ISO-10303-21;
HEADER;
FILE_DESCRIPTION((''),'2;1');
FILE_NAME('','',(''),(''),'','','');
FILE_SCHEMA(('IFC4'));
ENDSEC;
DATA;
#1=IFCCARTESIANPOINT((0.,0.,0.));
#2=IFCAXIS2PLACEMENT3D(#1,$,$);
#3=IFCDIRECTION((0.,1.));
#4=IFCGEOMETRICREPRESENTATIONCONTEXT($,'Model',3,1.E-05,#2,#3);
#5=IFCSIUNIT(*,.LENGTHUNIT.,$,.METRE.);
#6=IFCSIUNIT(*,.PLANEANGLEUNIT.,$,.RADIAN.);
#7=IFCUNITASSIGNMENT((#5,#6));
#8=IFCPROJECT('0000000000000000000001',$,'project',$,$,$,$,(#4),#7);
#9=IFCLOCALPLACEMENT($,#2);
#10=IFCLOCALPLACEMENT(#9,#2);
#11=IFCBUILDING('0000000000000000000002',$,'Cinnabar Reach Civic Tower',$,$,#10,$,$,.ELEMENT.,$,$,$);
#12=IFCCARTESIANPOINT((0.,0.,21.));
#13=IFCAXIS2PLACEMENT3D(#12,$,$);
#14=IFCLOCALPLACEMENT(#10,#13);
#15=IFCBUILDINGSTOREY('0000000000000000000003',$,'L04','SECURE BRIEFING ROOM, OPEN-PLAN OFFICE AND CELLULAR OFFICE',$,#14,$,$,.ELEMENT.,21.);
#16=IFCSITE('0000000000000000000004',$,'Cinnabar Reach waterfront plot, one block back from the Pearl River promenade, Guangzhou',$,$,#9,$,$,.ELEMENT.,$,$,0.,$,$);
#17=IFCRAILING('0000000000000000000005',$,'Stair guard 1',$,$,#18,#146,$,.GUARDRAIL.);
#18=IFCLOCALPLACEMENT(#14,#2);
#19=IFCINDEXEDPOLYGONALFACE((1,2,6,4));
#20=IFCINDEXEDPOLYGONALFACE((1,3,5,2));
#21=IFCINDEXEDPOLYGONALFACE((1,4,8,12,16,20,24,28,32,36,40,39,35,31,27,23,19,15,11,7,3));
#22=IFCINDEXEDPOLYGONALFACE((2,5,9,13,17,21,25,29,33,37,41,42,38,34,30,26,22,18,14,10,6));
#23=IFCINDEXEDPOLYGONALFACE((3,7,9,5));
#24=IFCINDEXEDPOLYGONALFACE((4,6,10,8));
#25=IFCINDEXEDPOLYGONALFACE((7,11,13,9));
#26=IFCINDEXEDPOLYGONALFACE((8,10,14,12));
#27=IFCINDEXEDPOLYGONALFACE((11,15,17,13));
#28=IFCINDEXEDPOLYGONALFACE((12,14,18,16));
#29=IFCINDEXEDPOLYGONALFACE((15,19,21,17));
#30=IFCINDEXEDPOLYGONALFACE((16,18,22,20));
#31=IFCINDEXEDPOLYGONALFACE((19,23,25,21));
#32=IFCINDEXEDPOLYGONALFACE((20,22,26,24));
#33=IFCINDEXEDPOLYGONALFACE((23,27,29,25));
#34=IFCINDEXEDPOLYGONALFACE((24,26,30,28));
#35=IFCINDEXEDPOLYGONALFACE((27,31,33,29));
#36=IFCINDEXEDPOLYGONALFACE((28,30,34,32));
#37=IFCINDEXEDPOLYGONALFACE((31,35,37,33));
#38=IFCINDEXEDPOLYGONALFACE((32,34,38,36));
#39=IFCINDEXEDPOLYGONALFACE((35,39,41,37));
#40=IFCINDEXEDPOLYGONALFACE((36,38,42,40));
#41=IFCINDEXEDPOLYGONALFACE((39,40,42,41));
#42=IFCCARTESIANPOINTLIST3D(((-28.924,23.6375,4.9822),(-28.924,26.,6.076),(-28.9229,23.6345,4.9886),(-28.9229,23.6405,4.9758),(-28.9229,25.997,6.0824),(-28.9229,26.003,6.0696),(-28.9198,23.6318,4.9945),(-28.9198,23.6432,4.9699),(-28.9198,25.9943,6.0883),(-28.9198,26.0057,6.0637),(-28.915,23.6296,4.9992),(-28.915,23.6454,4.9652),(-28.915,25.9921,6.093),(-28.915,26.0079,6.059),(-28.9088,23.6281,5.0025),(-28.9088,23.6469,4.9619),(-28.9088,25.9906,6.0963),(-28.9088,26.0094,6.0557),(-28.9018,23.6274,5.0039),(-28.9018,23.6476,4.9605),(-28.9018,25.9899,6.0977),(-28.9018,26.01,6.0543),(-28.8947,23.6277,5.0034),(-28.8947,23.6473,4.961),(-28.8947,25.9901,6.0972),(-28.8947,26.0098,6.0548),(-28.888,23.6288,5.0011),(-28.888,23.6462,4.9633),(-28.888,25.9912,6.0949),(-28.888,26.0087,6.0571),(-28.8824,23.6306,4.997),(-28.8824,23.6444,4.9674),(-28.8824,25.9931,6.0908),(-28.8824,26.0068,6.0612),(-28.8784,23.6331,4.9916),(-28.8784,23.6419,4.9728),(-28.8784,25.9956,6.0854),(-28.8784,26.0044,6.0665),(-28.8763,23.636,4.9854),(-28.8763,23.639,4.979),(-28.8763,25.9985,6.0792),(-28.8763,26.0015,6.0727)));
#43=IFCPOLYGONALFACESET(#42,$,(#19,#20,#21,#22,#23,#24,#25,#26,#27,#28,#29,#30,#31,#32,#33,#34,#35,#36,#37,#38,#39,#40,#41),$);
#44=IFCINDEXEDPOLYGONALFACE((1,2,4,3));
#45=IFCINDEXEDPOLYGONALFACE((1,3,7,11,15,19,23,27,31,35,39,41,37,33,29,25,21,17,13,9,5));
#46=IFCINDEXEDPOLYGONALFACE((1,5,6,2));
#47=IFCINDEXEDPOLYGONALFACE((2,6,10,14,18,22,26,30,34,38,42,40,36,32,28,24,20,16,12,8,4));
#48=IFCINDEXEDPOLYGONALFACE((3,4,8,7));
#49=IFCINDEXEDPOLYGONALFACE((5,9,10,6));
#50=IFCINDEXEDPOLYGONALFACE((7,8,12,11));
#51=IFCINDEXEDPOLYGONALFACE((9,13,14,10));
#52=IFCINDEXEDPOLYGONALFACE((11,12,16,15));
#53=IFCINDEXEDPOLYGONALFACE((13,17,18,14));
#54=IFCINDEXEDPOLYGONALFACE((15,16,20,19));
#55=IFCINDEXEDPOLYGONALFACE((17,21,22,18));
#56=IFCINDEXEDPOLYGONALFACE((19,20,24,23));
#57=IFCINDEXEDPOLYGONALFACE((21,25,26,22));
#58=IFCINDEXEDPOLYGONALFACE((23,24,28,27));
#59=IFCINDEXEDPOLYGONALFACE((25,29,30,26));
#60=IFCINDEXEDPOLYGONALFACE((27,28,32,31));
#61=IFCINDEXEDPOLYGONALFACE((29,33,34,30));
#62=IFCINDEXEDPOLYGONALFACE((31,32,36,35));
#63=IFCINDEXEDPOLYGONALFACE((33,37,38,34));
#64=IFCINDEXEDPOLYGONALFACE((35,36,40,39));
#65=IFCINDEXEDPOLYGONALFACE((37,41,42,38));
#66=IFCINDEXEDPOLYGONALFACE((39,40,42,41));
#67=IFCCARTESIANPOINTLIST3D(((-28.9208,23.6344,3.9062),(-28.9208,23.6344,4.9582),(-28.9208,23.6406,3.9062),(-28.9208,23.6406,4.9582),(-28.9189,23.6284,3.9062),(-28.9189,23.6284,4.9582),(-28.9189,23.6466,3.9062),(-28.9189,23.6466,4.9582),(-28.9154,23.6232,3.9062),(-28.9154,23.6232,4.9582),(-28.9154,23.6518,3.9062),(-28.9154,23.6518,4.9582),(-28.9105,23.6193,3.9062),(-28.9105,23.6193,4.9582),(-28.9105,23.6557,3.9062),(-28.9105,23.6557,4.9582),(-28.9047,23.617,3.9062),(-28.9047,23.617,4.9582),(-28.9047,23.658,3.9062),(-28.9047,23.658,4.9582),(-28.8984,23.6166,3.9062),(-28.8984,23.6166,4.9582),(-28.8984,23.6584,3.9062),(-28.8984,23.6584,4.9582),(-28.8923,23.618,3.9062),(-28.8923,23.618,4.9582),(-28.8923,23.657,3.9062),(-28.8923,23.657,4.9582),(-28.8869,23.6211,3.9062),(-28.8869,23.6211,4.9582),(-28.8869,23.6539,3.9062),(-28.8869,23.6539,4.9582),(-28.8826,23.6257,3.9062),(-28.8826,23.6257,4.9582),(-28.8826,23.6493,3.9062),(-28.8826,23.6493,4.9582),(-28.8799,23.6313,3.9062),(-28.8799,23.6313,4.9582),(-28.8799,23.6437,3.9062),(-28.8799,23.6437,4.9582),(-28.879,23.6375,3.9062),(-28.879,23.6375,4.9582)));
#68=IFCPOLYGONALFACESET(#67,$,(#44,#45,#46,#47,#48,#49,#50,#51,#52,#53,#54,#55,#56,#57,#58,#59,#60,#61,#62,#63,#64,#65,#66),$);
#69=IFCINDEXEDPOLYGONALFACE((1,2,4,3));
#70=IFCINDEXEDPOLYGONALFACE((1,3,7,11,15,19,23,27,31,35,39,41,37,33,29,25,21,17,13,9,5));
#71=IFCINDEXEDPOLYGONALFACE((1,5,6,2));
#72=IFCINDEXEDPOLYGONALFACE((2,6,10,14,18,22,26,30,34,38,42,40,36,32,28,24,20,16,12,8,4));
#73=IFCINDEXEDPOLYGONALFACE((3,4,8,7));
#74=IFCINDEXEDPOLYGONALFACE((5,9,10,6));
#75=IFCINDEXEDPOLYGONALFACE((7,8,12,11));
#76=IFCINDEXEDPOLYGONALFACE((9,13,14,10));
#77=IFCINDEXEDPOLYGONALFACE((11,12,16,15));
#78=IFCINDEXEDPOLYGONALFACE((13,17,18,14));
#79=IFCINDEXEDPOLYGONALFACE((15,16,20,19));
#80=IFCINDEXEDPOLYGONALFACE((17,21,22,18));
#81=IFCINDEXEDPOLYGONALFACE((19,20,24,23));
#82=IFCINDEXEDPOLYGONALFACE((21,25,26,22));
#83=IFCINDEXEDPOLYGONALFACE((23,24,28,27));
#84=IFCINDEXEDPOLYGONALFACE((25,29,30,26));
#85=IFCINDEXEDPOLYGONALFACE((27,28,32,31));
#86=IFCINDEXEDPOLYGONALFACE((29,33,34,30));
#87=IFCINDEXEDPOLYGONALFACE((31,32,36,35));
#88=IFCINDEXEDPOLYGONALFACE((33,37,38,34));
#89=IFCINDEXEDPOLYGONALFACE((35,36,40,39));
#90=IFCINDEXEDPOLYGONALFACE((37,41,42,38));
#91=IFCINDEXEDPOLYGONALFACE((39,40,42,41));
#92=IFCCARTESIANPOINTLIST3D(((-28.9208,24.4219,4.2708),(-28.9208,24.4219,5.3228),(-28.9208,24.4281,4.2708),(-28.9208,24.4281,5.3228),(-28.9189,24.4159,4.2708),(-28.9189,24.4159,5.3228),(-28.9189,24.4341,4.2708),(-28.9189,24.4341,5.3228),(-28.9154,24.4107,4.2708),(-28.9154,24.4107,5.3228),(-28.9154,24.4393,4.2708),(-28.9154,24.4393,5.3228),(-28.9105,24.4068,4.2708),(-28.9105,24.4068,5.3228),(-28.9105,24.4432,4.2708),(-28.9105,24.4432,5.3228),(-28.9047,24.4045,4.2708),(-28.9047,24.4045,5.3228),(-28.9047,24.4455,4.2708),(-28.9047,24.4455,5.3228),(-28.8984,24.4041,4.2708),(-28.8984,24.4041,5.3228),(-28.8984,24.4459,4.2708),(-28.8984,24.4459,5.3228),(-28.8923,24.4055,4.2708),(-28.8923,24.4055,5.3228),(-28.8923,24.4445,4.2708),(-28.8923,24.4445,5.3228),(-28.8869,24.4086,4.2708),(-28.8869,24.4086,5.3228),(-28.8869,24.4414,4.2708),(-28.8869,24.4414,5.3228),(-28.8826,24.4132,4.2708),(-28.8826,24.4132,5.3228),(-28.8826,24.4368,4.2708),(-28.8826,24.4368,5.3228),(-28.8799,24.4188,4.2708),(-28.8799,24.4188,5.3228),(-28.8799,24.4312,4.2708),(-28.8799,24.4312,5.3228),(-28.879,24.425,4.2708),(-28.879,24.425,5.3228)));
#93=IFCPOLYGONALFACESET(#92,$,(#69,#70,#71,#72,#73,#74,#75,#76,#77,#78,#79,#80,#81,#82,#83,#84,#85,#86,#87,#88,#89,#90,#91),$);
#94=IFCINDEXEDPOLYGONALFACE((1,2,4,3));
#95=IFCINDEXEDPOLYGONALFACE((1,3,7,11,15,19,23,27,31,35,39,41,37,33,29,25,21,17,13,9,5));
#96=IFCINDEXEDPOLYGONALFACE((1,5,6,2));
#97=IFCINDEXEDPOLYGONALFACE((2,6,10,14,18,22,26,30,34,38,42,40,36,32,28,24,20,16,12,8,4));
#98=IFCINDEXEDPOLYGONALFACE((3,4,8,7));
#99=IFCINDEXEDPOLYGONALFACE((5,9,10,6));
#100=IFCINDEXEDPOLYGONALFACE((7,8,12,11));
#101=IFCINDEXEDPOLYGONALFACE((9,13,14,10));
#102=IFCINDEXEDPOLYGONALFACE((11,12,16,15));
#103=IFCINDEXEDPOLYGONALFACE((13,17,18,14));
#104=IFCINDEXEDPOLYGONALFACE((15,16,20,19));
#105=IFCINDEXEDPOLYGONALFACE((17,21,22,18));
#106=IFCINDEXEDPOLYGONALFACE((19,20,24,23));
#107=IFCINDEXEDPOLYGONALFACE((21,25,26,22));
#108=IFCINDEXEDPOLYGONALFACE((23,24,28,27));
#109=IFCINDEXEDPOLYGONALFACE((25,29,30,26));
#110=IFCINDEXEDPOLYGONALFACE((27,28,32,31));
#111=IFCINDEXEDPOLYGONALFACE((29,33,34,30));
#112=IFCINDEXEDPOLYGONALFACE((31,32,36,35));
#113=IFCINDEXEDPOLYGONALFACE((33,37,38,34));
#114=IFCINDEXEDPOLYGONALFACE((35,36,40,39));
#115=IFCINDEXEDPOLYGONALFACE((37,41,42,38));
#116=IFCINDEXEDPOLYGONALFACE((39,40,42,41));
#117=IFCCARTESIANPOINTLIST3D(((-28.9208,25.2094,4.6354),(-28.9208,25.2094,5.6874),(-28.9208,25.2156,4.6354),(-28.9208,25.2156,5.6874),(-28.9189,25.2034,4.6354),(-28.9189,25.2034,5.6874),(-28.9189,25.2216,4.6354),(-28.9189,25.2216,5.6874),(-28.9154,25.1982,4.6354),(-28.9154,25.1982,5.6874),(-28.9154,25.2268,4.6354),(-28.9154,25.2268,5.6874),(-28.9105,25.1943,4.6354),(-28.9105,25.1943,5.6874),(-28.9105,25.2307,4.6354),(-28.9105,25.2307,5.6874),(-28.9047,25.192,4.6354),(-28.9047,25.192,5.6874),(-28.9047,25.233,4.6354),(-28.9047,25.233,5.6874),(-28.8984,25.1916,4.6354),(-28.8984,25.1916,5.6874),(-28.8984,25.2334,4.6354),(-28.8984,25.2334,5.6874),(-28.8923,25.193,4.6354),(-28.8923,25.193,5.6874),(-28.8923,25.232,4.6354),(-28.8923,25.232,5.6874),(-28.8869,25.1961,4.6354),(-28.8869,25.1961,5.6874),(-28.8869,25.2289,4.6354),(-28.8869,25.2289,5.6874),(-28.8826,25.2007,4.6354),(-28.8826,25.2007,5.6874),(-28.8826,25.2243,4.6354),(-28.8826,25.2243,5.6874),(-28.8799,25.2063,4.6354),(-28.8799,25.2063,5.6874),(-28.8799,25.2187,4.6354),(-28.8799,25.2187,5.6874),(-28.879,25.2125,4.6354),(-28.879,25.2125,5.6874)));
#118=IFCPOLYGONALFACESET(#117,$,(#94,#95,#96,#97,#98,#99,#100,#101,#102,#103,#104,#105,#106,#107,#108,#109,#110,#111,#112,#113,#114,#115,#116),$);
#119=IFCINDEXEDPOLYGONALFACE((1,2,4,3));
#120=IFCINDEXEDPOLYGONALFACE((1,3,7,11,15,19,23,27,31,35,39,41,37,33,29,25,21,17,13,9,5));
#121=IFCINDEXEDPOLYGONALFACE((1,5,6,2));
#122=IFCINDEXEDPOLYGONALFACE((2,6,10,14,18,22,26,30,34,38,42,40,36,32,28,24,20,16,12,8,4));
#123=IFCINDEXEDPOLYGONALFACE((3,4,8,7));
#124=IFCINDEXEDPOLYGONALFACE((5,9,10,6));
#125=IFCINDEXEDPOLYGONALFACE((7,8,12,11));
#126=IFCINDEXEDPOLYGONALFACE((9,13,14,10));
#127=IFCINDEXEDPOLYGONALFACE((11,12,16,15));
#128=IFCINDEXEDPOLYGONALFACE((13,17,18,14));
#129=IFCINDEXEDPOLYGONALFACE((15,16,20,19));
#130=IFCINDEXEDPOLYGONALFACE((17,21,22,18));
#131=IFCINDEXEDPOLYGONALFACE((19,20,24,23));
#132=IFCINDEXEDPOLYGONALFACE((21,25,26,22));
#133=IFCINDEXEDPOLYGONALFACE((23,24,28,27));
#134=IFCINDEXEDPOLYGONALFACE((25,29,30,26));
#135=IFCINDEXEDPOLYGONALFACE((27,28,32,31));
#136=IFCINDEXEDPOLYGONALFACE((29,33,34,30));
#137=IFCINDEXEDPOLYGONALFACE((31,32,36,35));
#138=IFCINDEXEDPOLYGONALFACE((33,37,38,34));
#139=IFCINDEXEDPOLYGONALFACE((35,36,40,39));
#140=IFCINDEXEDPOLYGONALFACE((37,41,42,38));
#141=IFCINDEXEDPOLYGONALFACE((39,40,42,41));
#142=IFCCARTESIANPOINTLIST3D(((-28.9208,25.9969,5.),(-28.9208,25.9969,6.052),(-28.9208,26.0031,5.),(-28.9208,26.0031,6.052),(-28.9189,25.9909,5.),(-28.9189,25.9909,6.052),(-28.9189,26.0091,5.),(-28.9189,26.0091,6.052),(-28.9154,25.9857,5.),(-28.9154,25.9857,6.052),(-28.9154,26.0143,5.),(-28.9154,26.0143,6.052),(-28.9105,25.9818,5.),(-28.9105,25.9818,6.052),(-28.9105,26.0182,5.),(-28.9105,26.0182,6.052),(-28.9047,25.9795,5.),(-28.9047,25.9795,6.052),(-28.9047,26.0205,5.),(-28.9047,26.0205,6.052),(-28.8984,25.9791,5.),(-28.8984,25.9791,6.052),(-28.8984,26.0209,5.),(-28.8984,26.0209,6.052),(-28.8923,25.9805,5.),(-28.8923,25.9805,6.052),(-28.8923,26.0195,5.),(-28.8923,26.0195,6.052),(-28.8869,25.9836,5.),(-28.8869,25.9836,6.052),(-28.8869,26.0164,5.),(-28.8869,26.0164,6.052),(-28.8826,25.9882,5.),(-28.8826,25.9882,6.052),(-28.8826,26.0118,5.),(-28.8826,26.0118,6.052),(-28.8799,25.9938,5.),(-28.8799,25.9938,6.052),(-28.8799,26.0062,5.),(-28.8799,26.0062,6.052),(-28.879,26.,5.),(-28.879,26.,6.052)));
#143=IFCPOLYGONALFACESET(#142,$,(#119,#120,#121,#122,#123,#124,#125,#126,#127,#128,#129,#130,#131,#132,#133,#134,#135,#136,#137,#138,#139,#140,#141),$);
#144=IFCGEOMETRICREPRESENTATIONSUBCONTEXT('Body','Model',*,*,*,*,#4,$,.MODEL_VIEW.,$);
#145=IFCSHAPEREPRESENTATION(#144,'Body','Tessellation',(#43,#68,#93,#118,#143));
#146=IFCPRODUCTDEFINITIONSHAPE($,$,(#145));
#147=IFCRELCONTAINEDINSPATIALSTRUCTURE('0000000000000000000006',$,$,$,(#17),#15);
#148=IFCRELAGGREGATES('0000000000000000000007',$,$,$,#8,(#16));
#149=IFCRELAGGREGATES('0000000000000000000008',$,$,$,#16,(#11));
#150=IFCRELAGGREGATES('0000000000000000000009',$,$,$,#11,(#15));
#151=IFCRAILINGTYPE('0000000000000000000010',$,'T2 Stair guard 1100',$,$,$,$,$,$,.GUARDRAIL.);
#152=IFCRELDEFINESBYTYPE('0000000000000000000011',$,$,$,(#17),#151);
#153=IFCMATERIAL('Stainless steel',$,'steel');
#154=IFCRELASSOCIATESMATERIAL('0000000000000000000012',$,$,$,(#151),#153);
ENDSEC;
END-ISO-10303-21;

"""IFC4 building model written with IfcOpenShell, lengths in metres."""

from ifc_helpers import new_model, si_unit, direction, frame, origin, origin_2d, place, context, subcontext, project, spatial, circle, extrude, material, type_object, element, save


model = new_model("IFC4")

# Units and contexts
model_context = context("Model", 3, precision=1e-05, world=origin(), true_north=direction((0.0, 1.0)))
body_context = subcontext(model_context, "Body", "Model", "MODEL_VIEW")
ifc_project = project(units=[si_unit("LENGTHUNIT", "METRE"), si_unit("PLANEANGLEUNIT", "RADIAN")], contexts=[model_context])

# Site, building, storey
site_placement = place(None, origin())
site = spatial("IfcSite", under=ifc_project, at=site_placement, Name="Cinnabar Reach waterfront plot, one block back from the Pearl River promenade, Guangzhou", CompositionType="ELEMENT", RefElevation=0.0)
building_placement = place(site_placement, origin())
building = spatial("IfcBuilding", under=site, at=building_placement, Name="Cinnabar Reach Civic Tower", CompositionType="ELEMENT")
storey_placement = place(building_placement, frame((0.0, 0.0, 21.0)))
storey = spatial("IfcBuildingStorey", under=building, at=storey_placement, Name="L04", Description="SECURE BRIEFING ROOM, OPEN-PLAN OFFICE AND CELLULAR OFFICE", CompositionType="ELEMENT", Elevation=21.0)

# Railing
ifc_material_1 = material(Name="Stainless steel", Category="steel")
railing_type = type_object("IfcRailingType", Name="T2 Stair guard 1100", PredefinedType="GUARDRAIL", material=ifc_material_1)
railing_1_placement = place(storey_placement, frame((-28.9, 23.6375, 3.9062)))
element("IfcRailing", 1, at=railing_1_placement, inside=storey, type_object=railing_type, Name="Stair guard 1", PredefinedType="GUARDRAIL", context=body_context, shape_type="SweptSolid", body=[
    extrude(circle(Radius=0.024, at=origin_2d()), frame((0.0, 0.0, 1.076), z_axis=(0.0, 0.90746, 0.420139), x_axis=(-1.0, 0.0, 0.0)), (0.0, 0.0, 1.0), 2.6034),
    extrude(circle(Radius=0.021, at=origin_2d()), origin(), (0.0, 0.0, 1.0), 1.052),
    extrude(circle(Radius=0.021, at=origin_2d()), frame((0.0, 0.7875, 0.3646)), (0.0, 0.0, 1.0), 1.052),
    extrude(circle(Radius=0.021, at=origin_2d()), frame((0.0, 1.575, 0.7292)), (0.0, 0.0, 1.0), 1.052),
    extrude(circle(Radius=0.021, at=origin_2d()), frame((0.0, 2.3625, 1.0938)), (0.0, 0.0, 1.0), 1.052),
])

save(model, "model.ifc")
